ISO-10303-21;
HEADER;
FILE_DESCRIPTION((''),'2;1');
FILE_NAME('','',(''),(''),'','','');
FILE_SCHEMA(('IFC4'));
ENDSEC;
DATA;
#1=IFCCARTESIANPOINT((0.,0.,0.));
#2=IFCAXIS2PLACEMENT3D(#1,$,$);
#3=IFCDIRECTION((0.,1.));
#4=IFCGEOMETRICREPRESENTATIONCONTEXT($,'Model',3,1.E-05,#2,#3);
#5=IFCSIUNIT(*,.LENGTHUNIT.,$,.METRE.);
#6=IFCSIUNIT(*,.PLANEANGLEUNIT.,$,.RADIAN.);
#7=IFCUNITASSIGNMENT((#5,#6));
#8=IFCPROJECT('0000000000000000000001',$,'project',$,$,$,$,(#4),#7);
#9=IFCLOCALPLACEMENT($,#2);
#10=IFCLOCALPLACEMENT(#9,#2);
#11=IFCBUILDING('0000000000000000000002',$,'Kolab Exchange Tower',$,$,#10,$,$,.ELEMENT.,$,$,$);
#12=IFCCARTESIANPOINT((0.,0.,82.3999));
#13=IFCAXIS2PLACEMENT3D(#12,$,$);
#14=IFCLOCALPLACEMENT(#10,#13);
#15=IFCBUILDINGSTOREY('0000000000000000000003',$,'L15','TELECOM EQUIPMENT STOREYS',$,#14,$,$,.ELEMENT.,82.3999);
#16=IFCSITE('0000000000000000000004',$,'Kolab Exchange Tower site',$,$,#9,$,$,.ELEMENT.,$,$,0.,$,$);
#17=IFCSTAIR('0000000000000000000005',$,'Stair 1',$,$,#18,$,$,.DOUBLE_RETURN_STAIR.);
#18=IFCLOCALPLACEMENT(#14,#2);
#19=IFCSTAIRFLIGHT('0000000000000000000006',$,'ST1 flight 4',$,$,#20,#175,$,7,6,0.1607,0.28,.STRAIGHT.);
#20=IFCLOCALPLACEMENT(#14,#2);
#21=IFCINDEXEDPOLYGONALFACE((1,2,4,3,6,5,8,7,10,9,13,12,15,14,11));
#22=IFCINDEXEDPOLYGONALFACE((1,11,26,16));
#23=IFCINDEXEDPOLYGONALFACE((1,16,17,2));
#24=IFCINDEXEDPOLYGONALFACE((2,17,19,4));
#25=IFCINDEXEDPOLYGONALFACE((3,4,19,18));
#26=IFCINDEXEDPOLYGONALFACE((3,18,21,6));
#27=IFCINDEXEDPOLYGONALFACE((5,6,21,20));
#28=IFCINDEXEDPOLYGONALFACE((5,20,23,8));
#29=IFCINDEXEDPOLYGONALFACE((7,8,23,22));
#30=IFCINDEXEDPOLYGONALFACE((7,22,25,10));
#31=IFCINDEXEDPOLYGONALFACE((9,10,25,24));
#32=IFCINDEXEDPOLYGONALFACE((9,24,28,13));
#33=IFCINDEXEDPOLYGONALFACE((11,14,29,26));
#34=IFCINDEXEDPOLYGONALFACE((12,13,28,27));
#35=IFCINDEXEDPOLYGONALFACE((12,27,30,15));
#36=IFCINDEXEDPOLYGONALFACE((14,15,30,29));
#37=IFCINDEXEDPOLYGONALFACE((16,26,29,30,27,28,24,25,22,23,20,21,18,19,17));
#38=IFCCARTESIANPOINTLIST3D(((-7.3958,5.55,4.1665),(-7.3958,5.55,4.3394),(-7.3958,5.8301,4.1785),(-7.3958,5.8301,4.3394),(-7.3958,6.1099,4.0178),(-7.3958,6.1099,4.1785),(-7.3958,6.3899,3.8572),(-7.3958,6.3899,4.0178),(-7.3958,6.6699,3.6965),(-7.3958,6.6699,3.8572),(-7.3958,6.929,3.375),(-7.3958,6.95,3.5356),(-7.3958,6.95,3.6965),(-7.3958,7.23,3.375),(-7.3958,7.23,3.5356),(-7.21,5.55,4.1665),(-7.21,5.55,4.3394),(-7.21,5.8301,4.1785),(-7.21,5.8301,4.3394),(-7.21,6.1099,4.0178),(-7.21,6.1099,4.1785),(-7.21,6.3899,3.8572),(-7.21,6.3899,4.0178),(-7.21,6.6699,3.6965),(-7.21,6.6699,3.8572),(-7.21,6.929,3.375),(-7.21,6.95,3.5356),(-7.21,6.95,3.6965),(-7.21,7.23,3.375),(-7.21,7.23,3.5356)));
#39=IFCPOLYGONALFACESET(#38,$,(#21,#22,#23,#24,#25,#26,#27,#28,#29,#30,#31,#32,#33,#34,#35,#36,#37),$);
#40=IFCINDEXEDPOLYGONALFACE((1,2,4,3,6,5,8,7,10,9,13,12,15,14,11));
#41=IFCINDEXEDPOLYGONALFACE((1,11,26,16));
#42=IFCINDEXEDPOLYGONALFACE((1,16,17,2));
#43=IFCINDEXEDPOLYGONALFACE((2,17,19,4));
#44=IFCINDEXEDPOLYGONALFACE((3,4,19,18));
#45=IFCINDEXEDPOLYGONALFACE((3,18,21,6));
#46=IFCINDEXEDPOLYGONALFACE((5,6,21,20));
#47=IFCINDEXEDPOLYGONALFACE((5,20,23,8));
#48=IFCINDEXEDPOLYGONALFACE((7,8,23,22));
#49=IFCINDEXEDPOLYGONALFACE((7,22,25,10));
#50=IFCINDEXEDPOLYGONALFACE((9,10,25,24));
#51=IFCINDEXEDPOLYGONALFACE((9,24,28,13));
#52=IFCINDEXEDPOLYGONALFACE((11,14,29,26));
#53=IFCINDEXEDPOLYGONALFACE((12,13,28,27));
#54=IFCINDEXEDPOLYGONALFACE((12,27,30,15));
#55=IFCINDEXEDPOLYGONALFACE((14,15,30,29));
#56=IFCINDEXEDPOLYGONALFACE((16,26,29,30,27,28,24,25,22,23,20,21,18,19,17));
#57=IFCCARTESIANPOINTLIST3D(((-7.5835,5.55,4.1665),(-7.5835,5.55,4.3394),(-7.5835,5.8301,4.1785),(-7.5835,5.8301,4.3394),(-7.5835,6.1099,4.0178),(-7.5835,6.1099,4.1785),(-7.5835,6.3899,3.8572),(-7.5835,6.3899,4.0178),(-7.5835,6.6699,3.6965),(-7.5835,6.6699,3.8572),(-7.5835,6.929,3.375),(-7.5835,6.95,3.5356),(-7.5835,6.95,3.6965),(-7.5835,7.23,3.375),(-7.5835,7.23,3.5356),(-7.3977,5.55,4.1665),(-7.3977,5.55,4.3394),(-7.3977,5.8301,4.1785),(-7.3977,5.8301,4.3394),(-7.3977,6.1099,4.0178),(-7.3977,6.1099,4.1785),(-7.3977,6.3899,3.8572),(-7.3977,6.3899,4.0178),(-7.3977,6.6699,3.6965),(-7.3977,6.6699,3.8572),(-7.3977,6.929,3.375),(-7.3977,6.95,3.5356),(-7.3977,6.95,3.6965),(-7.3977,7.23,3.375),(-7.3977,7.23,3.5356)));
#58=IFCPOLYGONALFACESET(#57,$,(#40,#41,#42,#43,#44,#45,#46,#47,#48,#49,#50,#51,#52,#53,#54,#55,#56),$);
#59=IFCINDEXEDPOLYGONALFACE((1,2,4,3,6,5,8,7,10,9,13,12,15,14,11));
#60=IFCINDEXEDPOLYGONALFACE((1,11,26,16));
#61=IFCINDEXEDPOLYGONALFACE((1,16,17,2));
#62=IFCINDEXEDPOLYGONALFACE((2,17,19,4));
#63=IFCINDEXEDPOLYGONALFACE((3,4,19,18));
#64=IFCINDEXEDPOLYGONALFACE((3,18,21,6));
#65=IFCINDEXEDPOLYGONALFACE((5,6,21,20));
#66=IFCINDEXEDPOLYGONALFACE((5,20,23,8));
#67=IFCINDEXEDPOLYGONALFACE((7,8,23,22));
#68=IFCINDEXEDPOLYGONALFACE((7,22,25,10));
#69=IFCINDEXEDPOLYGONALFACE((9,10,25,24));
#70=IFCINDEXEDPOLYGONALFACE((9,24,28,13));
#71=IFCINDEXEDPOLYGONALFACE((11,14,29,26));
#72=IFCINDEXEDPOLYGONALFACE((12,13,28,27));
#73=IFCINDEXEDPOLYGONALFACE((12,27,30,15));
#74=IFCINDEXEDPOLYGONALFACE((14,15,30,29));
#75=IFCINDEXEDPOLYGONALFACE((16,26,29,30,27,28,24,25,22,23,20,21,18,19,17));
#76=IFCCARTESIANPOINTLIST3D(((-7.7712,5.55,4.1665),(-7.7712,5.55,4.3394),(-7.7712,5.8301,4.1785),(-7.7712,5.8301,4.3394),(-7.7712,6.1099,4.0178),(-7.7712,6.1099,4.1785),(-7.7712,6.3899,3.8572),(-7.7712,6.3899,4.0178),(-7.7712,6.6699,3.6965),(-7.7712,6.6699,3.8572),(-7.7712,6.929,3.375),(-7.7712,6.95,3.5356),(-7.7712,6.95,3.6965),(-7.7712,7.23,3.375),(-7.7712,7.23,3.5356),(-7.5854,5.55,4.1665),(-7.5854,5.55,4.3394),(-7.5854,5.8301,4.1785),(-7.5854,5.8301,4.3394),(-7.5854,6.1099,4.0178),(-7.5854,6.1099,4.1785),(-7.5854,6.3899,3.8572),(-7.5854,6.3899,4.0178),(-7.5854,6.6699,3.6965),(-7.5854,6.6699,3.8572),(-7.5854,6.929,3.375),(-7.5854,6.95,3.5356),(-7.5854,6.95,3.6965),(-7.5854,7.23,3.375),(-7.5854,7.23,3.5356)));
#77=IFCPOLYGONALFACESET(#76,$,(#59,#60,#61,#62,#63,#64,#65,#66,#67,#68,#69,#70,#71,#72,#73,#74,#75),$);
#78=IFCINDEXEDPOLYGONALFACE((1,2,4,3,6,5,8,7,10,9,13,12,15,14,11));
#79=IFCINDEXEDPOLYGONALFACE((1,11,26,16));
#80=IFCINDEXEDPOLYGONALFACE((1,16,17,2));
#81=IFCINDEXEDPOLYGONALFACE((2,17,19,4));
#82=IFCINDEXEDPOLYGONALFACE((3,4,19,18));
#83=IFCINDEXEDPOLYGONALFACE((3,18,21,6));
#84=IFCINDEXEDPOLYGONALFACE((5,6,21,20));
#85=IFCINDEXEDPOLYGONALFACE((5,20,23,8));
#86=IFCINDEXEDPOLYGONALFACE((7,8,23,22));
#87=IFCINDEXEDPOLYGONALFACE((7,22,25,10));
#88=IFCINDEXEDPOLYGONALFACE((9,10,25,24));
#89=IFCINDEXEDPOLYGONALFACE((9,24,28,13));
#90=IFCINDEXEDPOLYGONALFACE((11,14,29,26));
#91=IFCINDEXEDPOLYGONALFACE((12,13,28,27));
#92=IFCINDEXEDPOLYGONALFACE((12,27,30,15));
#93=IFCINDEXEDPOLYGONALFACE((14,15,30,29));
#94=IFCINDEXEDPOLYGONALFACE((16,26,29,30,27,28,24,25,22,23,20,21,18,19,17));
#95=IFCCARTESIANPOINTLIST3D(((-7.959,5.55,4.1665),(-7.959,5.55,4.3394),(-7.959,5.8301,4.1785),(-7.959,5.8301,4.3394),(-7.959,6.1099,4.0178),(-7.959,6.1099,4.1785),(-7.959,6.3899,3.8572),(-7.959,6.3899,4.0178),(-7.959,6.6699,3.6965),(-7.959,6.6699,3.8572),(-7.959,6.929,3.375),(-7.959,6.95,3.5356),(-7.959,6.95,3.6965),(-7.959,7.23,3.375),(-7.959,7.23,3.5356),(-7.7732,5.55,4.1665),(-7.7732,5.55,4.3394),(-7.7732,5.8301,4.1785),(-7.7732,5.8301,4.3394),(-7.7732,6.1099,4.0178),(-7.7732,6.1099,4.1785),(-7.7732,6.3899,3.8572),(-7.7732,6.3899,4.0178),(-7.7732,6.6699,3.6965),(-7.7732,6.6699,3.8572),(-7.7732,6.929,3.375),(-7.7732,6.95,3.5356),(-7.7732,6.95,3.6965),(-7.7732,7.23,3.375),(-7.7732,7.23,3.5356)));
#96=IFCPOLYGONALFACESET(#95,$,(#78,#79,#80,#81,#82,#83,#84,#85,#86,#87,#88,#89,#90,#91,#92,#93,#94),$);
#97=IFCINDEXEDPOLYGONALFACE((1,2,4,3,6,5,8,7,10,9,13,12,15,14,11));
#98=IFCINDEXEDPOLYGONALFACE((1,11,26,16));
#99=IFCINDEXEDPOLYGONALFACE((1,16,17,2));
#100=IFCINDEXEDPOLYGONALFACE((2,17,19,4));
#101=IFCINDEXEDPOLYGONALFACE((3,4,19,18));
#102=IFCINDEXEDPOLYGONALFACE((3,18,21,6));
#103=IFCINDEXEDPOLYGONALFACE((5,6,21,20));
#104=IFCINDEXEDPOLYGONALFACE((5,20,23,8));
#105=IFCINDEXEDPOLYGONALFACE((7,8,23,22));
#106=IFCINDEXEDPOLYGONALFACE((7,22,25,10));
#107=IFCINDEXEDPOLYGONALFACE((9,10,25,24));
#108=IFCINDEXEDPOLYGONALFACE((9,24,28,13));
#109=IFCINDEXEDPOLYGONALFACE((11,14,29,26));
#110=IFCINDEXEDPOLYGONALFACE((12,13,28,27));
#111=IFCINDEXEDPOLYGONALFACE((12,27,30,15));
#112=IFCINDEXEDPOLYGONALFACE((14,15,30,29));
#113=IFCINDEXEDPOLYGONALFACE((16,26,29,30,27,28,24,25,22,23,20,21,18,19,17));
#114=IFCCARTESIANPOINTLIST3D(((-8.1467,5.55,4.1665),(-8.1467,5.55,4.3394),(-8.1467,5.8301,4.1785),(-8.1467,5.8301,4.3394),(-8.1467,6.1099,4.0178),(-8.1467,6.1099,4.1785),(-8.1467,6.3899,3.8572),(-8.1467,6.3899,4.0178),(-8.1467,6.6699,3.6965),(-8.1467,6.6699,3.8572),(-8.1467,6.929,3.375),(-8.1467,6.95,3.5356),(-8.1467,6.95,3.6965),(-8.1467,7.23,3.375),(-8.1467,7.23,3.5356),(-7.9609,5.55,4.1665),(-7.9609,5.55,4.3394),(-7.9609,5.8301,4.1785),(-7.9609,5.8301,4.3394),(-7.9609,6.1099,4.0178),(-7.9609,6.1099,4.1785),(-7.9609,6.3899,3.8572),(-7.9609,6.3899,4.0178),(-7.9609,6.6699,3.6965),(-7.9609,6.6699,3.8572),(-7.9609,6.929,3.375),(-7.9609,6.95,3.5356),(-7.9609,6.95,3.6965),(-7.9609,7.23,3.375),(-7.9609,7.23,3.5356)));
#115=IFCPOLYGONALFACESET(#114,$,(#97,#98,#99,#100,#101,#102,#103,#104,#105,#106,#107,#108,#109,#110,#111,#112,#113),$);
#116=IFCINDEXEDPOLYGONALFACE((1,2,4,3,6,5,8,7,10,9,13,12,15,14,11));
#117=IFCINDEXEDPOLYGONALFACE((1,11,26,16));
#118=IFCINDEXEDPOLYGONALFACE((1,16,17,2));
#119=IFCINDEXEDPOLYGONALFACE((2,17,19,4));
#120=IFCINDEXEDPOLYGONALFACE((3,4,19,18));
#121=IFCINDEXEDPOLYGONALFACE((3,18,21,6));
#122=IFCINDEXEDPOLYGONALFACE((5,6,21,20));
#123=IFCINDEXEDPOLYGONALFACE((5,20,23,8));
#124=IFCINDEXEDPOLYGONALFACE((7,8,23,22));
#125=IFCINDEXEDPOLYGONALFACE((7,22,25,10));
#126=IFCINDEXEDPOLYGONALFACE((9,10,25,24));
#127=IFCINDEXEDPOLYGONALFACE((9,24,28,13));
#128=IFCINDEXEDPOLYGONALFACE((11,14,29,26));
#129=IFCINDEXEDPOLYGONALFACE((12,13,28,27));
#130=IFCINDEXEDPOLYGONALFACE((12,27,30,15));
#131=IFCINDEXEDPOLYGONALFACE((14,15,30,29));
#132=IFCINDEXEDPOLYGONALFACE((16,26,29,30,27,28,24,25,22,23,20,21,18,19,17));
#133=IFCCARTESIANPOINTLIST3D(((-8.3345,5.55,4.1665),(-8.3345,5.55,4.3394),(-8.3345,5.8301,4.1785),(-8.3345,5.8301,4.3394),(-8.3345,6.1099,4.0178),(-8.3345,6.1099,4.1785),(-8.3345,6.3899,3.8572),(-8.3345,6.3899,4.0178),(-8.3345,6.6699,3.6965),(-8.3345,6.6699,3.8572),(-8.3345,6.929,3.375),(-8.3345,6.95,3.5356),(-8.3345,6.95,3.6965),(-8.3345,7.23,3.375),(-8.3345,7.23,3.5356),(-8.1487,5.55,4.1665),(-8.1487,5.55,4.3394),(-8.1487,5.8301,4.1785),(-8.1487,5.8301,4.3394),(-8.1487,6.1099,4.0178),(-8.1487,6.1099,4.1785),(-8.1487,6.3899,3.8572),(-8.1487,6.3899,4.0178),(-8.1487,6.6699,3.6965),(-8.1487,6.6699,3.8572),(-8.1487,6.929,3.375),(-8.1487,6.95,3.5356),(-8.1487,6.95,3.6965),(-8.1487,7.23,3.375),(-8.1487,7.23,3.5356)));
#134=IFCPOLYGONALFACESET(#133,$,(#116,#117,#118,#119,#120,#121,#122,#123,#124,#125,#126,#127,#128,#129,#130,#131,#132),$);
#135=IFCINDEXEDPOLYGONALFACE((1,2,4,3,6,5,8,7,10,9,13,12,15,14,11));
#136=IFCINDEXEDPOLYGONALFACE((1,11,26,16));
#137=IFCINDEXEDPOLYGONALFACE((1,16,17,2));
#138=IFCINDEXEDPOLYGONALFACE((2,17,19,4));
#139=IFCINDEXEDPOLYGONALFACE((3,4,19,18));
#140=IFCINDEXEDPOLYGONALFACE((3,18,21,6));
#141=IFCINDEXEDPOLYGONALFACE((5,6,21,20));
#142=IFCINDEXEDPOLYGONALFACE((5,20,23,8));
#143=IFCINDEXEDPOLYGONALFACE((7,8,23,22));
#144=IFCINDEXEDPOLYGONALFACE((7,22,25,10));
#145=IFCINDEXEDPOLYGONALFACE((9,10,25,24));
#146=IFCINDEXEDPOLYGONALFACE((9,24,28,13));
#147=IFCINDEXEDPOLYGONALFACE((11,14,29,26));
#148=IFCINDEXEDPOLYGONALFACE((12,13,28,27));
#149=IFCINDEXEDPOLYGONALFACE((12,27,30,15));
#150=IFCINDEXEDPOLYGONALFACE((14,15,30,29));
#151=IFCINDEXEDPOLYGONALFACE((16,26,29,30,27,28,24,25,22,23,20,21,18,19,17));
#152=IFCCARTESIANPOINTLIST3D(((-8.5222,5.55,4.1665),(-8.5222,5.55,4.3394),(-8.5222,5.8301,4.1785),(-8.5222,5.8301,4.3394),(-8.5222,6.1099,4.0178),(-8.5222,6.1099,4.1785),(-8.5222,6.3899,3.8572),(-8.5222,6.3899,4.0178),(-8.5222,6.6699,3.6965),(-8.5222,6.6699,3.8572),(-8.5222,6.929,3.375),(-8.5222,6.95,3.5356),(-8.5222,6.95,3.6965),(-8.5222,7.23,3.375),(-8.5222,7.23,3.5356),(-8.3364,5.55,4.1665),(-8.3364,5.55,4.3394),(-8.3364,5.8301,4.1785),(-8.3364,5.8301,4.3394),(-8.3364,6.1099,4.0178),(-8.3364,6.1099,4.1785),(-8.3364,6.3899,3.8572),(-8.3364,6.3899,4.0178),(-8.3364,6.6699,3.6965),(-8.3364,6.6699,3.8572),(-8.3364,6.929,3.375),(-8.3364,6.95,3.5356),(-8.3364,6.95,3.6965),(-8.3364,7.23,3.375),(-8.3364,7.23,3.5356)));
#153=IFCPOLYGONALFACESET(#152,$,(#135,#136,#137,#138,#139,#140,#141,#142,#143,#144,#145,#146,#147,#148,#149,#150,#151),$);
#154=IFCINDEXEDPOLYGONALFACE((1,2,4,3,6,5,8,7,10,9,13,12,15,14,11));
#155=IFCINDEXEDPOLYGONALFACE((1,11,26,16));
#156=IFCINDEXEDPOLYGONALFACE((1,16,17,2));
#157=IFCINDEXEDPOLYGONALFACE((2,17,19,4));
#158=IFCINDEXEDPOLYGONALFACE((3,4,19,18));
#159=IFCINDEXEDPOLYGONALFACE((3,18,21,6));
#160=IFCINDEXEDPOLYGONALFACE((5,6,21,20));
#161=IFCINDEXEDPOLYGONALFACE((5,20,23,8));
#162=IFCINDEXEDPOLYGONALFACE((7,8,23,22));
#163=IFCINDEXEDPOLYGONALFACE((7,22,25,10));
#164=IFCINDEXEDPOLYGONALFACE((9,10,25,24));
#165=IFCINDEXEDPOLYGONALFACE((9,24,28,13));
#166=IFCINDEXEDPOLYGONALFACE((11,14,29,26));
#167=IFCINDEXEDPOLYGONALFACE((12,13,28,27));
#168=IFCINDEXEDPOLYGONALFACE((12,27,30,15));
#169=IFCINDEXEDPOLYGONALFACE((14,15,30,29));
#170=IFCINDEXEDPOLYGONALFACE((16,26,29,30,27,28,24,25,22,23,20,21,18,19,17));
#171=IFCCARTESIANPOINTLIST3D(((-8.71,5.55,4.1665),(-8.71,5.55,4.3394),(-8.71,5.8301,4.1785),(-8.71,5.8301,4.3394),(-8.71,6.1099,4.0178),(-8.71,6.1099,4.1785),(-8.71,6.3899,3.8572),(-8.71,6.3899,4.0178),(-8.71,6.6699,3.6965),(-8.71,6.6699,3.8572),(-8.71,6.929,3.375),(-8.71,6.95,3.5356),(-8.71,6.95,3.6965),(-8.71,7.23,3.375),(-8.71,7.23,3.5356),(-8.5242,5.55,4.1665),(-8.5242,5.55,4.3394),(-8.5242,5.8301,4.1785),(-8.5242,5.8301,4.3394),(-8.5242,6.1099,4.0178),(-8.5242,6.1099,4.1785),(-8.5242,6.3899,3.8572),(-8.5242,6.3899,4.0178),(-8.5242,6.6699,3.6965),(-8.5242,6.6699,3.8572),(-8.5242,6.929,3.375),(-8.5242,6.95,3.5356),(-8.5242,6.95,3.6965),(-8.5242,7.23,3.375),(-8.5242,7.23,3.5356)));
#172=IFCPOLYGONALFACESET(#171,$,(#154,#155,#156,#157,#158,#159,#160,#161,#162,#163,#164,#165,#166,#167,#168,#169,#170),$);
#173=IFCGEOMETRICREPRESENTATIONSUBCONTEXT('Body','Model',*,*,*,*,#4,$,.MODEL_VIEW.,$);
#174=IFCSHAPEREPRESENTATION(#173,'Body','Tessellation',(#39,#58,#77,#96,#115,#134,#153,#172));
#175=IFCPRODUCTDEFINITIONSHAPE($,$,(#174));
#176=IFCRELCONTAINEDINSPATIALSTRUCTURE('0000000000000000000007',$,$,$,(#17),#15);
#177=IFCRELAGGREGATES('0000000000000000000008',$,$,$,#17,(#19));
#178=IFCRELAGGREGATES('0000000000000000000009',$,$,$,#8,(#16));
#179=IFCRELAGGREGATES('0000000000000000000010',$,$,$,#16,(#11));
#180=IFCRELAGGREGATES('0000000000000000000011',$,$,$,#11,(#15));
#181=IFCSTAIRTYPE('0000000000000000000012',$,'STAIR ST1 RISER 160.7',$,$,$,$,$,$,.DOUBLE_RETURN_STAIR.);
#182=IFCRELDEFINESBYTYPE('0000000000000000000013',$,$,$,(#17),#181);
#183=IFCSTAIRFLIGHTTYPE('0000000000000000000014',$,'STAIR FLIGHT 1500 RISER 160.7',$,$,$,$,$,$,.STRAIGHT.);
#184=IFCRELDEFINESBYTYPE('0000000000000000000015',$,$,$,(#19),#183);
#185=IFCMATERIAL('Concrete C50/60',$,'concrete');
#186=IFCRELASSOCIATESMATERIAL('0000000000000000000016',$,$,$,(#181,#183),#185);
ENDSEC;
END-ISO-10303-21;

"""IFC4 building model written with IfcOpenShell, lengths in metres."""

from ifc_helpers import new_model, si_unit, direction, frame, origin, place, context, subcontext, project, spatial, polyline, outline, extrude, material, type_object, element, aggregate, save


model = new_model("IFC4")

# Units and contexts
model_context = context("Model", 3, precision=1e-05, world=origin(), true_north=direction((0.0, 1.0)))
body_context = subcontext(model_context, "Body", "Model", "MODEL_VIEW")
ifc_project = project(units=[si_unit("LENGTHUNIT", "METRE"), si_unit("PLANEANGLEUNIT", "RADIAN")], contexts=[model_context])

# Site, building, storey
site_placement = place(None, origin())
site = spatial("IfcSite", under=ifc_project, at=site_placement, Name="Kolab Exchange Tower site", CompositionType="ELEMENT", RefElevation=0.0)
building_placement = place(site_placement, origin())
building = spatial("IfcBuilding", under=site, at=building_placement, Name="Kolab Exchange Tower", CompositionType="ELEMENT")
storey_placement = place(building_placement, frame((0.0, 0.0, 82.3999)))
storey = spatial("IfcBuildingStorey", under=building, at=storey_placement, Name="L15", Description="TELECOM EQUIPMENT STOREYS", CompositionType="ELEMENT", Elevation=82.3999)

# Shared definitions
ifc_material_1 = material(Name="Concrete C50/60", Category="concrete")

# Stair, stair flight
stair_type = type_object("IfcStairType", Name="STAIR ST1 RISER 160.7", PredefinedType="DOUBLE_RETURN_STAIR", material=ifc_material_1)
stair_placement = place(storey_placement, origin())
stair = element("IfcStair", 1, at=stair_placement, inside=storey, type_object=stair_type, Name="Stair 1", PredefinedType="DOUBLE_RETURN_STAIR")
stair_flight_type = type_object("IfcStairFlightType", Name="STAIR FLIGHT 1500 RISER 160.7", PredefinedType="STRAIGHT", material=ifc_material_1)
stair_flight_1_placement = place(storey_placement, frame((-7.96, 7.23, 3.375), z_axis=(0.0, 0.0, 1.0), x_axis=(0.0, -1.0, 0.0)))
stair_flight_1 = element("IfcStairFlight", 2, at=stair_flight_1_placement, type_object=stair_flight_type, Name="ST1 flight 4", NumberOfRisers=7, NumberOfTreads=6, PredefinedType="STRAIGHT", RiserHeight=0.1607, TreadLength=0.28, context=body_context, shape_type="SweptSolid", body=[
    extrude(outline(polyline([(0.0, 0.0), (0.0, 0.1606), (0.28, 0.1606), (0.28, 0.3215), (0.5601, 0.3215), (0.5601, 0.4822), (0.8401, 0.4822), (0.8401, 0.6428), (1.1201, 0.6428), (1.1201, 0.8035), (1.3999, 0.8035), (1.3999, 0.9644), (1.6799, 0.9644), (1.6799, 1.125), (1.6799, 0.7915), (0.301, 0.0), (0.0, 0.0)])), frame((0.0, 0.75, 0.0), z_axis=(0.0, -1.0, 0.0), x_axis=(1.0, 0.0, 0.0)), (0.0, 0.0, 1.0), 0.1858),
    extrude(outline(polyline([(0.0, 0.0), (0.0, 0.1606), (0.28, 0.1606), (0.28, 0.3215), (0.5601, 0.3215), (0.5601, 0.4822), (0.8401, 0.4822), (0.8401, 0.6428), (1.1201, 0.6428), (1.1201, 0.8035), (1.3999, 0.8035), (1.3999, 0.9644), (1.6799, 0.9644), (1.6799, 1.125), (1.6799, 0.7915), (0.301, 0.0), (0.0, 0.0)])), frame((0.0, 0.5623, 0.0), z_axis=(0.0, -1.0, 0.0), x_axis=(1.0, 0.0, 0.0)), (0.0, 0.0, 1.0), 0.1858),
    extrude(outline(polyline([(0.0, 0.0), (0.0, 0.1606), (0.28, 0.1606), (0.28, 0.3215), (0.5601, 0.3215), (0.5601, 0.4822), (0.8401, 0.4822), (0.8401, 0.6428), (1.1201, 0.6428), (1.1201, 0.8035), (1.3999, 0.8035), (1.3999, 0.9644), (1.6799, 0.9644), (1.6799, 1.125), (1.6799, 0.7915), (0.301, 0.0), (0.0, 0.0)])), frame((0.0, 0.3745, 0.0), z_axis=(0.0, -1.0, 0.0), x_axis=(1.0, 0.0, 0.0)), (0.0, 0.0, 1.0), 0.1858),
    extrude(outline(polyline([(0.0, 0.0), (0.0, 0.1606), (0.28, 0.1606), (0.28, 0.3215), (0.5601, 0.3215), (0.5601, 0.4822), (0.8401, 0.4822), (0.8401, 0.6428), (1.1201, 0.6428), (1.1201, 0.8035), (1.3999, 0.8035), (1.3999, 0.9644), (1.6799, 0.9644), (1.6799, 1.125), (1.6799, 0.7915), (0.301, 0.0), (0.0, 0.0)])), frame((0.0, 0.1868, 0.0), z_axis=(0.0, -1.0, 0.0), x_axis=(1.0, 0.0, 0.0)), (0.0, 0.0, 1.0), 0.1858),
    extrude(outline(polyline([(0.0, 0.0), (0.0, 0.1606), (0.28, 0.1606), (0.28, 0.3215), (0.5601, 0.3215), (0.5601, 0.4822), (0.8401, 0.4822), (0.8401, 0.6428), (1.1201, 0.6428), (1.1201, 0.8035), (1.3999, 0.8035), (1.3999, 0.9644), (1.6799, 0.9644), (1.6799, 1.125), (1.6799, 0.7915), (0.301, 0.0), (0.0, 0.0)])), frame((0.0, -0.001, 0.0), z_axis=(0.0, -1.0, 0.0), x_axis=(1.0, 0.0, 0.0)), (0.0, 0.0, 1.0), 0.1858),
    extrude(outline(polyline([(0.0, 0.0), (0.0, 0.1606), (0.28, 0.1606), (0.28, 0.3215), (0.5601, 0.3215), (0.5601, 0.4822), (0.8401, 0.4822), (0.8401, 0.6428), (1.1201, 0.6428), (1.1201, 0.8035), (1.3999, 0.8035), (1.3999, 0.9644), (1.6799, 0.9644), (1.6799, 1.125), (1.6799, 0.7915), (0.301, 0.0), (0.0, 0.0)])), frame((0.0, -0.1887, 0.0), z_axis=(0.0, -1.0, 0.0), x_axis=(1.0, 0.0, 0.0)), (0.0, 0.0, 1.0), 0.1858),
    extrude(outline(polyline([(0.0, 0.0), (0.0, 0.1606), (0.28, 0.1606), (0.28, 0.3215), (0.5601, 0.3215), (0.5601, 0.4822), (0.8401, 0.4822), (0.8401, 0.6428), (1.1201, 0.6428), (1.1201, 0.8035), (1.3999, 0.8035), (1.3999, 0.9644), (1.6799, 0.9644), (1.6799, 1.125), (1.6799, 0.7915), (0.301, 0.0), (0.0, 0.0)])), frame((0.0, -0.3765, 0.0), z_axis=(0.0, -1.0, 0.0), x_axis=(1.0, 0.0, 0.0)), (0.0, 0.0, 1.0), 0.1858),
    extrude(outline(polyline([(0.0, 0.0), (0.0, 0.1606), (0.28, 0.1606), (0.28, 0.3215), (0.5601, 0.3215), (0.5601, 0.4822), (0.8401, 0.4822), (0.8401, 0.6428), (1.1201, 0.6428), (1.1201, 0.8035), (1.3999, 0.8035), (1.3999, 0.9644), (1.6799, 0.9644), (1.6799, 1.125), (1.6799, 0.7915), (0.301, 0.0), (0.0, 0.0)])), frame((0.0, -0.5642, 0.0), z_axis=(0.0, -1.0, 0.0), x_axis=(1.0, 0.0, 0.0)), (0.0, 0.0, 1.0), 0.1858),
])
aggregate(stair, [stair_flight_1])

save(model, "model.ifc")
